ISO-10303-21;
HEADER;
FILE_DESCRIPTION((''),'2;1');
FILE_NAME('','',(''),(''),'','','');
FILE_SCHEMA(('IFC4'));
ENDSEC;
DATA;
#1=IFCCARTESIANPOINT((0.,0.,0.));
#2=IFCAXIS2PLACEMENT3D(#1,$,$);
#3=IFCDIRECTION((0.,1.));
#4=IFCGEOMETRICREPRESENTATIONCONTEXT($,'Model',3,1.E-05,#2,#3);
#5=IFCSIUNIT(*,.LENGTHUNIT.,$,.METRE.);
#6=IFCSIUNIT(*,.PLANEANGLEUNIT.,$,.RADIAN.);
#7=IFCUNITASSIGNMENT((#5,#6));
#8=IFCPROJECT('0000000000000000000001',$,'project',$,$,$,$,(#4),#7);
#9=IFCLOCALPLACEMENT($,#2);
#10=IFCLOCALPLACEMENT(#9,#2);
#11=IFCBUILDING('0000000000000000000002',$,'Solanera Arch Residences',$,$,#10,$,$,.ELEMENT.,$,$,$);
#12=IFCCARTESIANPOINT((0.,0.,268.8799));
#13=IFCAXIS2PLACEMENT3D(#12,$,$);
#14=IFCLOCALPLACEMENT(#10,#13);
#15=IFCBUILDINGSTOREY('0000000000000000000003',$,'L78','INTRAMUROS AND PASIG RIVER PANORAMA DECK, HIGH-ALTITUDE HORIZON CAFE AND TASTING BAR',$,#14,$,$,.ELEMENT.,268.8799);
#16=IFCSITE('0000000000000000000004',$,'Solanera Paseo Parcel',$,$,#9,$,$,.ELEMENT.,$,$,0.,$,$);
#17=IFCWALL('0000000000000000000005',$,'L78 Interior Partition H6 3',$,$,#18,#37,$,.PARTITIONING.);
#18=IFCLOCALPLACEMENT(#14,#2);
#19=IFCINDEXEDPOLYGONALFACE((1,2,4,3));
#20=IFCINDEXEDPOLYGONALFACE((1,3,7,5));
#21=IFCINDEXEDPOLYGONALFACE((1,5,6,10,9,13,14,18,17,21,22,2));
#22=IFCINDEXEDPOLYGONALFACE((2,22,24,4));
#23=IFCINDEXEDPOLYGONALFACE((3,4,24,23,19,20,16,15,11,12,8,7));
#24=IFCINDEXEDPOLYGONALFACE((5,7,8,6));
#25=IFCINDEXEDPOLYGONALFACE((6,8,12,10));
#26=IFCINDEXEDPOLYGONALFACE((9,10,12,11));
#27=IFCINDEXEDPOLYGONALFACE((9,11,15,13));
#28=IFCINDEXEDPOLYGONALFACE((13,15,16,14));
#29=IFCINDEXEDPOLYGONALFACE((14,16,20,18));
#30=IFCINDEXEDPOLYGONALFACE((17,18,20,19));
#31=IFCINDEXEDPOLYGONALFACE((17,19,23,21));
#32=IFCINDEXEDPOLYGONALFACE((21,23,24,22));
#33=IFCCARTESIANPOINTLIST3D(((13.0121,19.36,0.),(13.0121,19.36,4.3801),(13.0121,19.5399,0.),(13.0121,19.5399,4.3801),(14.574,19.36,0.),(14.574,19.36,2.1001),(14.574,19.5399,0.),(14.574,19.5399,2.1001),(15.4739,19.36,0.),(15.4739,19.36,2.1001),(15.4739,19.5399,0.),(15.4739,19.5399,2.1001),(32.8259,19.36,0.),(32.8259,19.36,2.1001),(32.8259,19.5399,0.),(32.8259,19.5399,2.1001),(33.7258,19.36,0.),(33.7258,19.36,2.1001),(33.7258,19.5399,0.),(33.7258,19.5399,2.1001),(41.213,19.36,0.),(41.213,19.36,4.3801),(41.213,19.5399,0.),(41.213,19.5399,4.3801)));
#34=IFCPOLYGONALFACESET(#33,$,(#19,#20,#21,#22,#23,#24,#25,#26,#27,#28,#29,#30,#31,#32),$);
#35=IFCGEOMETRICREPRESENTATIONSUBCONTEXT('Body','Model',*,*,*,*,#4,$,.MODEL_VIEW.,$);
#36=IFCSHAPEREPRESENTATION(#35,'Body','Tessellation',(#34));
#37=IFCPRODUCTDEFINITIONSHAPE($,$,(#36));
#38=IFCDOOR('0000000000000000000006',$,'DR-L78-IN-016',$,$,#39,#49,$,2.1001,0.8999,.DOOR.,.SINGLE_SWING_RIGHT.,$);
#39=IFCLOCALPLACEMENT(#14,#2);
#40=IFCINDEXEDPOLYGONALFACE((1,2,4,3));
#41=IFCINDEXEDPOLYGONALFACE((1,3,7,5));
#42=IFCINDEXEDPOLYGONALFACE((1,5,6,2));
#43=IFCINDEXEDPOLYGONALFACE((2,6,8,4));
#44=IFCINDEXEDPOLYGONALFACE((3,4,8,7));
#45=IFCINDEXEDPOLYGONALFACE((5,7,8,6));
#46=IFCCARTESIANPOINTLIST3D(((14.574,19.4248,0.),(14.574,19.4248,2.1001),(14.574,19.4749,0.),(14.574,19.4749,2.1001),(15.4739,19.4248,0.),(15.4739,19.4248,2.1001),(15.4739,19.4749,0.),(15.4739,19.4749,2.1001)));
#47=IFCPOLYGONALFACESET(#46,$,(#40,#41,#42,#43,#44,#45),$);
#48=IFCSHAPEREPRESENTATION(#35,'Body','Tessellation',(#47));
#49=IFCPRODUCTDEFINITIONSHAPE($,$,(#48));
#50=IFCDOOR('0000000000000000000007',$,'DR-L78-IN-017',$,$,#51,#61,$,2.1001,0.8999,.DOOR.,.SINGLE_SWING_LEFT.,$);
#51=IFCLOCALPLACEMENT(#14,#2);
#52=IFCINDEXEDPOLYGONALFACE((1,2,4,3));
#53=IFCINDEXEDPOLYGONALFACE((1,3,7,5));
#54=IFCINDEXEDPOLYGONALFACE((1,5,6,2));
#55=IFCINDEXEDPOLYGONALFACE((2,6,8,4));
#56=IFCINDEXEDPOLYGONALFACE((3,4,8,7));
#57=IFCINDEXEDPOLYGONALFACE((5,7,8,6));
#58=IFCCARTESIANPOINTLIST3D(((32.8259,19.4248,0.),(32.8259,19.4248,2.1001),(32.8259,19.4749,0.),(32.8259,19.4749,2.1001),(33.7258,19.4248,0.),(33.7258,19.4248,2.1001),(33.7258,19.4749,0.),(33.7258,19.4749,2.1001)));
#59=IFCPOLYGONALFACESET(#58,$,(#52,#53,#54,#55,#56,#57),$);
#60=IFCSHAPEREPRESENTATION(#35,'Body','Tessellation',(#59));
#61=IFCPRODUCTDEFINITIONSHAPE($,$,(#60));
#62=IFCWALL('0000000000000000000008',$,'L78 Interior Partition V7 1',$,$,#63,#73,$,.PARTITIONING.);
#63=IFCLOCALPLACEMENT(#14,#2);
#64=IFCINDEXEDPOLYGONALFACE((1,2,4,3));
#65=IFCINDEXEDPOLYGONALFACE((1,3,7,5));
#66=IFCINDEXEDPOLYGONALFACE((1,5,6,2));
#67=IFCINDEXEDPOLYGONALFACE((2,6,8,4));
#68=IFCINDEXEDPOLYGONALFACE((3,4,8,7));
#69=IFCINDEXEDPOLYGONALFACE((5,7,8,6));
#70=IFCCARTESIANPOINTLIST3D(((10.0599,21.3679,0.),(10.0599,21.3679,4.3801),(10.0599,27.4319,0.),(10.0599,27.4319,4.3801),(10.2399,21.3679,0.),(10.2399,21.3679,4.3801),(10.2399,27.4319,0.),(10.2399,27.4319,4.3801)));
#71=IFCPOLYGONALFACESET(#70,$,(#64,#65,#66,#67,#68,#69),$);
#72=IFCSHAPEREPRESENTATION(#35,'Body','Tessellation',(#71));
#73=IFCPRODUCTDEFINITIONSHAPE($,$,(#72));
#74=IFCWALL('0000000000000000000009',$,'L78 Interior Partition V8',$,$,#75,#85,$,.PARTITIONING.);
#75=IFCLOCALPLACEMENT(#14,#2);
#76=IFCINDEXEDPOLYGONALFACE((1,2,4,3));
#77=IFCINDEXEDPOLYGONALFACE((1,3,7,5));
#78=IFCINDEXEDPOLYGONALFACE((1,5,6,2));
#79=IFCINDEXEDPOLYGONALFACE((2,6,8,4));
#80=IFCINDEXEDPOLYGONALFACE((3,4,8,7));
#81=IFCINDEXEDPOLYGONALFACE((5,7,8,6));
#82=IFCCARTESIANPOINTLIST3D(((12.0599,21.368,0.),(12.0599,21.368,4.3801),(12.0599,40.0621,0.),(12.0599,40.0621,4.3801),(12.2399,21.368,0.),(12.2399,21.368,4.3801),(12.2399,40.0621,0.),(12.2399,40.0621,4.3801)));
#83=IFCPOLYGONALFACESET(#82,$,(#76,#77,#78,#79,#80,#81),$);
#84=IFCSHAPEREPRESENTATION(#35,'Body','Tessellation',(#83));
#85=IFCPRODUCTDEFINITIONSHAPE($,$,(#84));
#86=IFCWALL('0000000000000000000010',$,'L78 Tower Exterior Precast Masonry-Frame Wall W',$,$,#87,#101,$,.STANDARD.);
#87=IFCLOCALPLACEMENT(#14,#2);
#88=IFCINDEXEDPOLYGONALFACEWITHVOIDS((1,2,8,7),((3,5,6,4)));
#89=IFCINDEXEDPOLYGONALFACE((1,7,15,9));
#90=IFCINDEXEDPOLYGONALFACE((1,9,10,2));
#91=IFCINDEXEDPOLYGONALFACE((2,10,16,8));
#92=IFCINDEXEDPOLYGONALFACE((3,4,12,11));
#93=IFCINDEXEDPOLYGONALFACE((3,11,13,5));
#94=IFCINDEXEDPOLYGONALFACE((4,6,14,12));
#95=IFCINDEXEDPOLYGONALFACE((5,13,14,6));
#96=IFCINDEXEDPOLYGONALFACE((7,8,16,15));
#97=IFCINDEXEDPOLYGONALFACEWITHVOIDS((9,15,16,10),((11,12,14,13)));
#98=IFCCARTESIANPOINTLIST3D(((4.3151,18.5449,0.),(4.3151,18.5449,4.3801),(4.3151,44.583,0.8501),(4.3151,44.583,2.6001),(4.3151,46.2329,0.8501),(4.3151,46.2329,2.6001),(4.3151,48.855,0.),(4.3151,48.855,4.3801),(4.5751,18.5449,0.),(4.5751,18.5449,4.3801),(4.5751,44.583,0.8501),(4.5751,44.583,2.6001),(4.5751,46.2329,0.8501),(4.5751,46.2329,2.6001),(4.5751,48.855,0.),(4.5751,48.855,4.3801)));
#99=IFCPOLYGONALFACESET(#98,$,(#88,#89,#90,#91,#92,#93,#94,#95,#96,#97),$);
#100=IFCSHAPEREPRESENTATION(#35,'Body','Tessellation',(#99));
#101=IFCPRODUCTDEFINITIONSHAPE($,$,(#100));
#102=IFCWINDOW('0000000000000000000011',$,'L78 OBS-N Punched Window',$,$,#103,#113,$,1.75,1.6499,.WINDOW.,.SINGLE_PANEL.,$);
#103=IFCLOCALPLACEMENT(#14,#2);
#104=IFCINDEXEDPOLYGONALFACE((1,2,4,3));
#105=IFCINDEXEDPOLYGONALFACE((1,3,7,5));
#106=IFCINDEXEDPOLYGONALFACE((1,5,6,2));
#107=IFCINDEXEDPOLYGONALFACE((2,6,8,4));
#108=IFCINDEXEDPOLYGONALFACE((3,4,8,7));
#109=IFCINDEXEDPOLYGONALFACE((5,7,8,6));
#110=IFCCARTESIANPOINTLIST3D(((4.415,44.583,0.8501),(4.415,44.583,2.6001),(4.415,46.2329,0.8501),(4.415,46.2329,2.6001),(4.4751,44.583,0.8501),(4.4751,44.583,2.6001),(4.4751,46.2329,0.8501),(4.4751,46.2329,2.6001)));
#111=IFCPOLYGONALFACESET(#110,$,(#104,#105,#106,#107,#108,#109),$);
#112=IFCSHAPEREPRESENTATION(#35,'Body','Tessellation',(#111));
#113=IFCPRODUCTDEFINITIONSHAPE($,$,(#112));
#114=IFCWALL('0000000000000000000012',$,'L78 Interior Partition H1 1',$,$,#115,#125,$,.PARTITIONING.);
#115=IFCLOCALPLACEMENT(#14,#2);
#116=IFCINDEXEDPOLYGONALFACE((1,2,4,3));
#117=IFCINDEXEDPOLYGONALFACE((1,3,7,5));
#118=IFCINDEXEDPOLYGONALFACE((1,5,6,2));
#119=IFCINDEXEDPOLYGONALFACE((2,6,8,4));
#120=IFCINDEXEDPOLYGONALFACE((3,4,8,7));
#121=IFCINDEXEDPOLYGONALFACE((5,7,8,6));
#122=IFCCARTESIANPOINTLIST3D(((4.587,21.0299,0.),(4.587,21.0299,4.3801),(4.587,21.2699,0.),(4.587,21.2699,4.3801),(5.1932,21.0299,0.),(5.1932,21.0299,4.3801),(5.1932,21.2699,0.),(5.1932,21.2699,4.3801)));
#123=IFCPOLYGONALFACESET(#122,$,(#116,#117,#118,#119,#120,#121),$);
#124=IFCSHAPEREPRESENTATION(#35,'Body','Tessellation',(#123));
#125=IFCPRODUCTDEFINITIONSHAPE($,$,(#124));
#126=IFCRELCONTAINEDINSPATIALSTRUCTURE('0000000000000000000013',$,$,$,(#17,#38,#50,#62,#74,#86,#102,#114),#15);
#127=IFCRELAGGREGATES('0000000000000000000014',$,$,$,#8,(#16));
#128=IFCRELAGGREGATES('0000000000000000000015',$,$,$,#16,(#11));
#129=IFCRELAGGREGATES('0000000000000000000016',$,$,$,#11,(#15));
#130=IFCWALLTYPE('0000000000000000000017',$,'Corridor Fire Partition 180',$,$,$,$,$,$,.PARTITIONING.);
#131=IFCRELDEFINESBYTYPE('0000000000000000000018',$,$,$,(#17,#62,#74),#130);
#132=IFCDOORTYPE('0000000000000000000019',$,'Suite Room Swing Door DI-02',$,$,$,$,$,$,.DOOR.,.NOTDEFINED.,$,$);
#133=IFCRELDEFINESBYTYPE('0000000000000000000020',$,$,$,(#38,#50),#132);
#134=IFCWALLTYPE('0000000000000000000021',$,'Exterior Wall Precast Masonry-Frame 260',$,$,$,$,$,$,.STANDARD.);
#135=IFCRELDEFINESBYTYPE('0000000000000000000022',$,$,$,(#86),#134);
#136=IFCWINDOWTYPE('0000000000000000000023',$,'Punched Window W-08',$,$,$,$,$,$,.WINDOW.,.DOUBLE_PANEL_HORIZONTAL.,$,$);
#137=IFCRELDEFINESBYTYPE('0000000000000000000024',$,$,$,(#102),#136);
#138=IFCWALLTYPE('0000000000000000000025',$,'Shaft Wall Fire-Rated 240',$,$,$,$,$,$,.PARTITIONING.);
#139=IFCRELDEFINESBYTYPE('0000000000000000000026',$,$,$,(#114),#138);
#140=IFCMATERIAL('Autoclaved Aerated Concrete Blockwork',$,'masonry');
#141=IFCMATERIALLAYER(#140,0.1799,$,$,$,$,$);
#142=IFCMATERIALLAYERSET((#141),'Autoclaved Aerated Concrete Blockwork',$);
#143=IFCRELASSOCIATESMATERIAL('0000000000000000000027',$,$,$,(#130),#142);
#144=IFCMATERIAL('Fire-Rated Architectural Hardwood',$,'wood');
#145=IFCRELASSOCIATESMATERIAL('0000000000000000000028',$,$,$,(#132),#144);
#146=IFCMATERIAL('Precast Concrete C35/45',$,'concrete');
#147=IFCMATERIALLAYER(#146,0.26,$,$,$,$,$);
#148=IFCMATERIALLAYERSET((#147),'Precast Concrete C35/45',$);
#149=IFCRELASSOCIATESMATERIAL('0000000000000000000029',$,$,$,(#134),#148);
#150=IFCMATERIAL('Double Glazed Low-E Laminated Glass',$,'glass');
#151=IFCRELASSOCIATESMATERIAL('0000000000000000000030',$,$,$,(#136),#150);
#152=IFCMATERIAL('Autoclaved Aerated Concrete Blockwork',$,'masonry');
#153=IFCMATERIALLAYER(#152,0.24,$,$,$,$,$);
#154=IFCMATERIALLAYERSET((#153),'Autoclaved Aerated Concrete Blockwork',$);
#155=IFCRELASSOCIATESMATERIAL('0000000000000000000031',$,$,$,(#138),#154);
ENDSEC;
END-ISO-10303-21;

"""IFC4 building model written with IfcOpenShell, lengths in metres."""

from ifc_helpers import new_model, si_unit, direction, frame, frame_2d, origin, place, context, subcontext, project, spatial, rectangle, extrude, material, layer, layer_set, type_object, element, fill, save


model = new_model("IFC4")

# Units and contexts
model_context = context("Model", 3, precision=1e-05, world=origin(), true_north=direction((0.0, 1.0)))
body_context = subcontext(model_context, "Body", "Model", "MODEL_VIEW")
ifc_project = project(units=[si_unit("LENGTHUNIT", "METRE"), si_unit("PLANEANGLEUNIT", "RADIAN")], contexts=[model_context])

# Site, building, storey
site_placement = place(None, origin())
site = spatial("IfcSite", under=ifc_project, at=site_placement, Name="Solanera Paseo Parcel", CompositionType="ELEMENT", RefElevation=0.0)
building_placement = place(site_placement, origin())
building = spatial("IfcBuilding", under=site, at=building_placement, Name="Solanera Arch Residences", CompositionType="ELEMENT")
storey_placement = place(building_placement, frame((0.0, 0.0, 268.8799)))
storey = spatial("IfcBuildingStorey", under=building, at=storey_placement, Name="L78", Description="INTRAMUROS AND PASIG RIVER PANORAMA DECK, HIGH-ALTITUDE HORIZON CAFE AND TASTING BAR", CompositionType="ELEMENT", Elevation=268.8799)

# Shared definitions
ifc_material_1 = material(Name="Autoclaved Aerated Concrete Blockwork", Category="masonry")
ifc_layer_1 = layer(ifc_material_1, 0.1799)
ifc_layer_set_1 = layer_set([ifc_layer_1], Name="Autoclaved Aerated Concrete Blockwork")
wall_type_1 = type_object("IfcWallType", Name="Corridor Fire Partition 180", PredefinedType="PARTITIONING", material=ifc_layer_set_1)

# Wall, openings, doors
wall_1_placement = place(storey_placement, frame((13.012, 19.45, 0.0), z_axis=(0.0, 0.0, 1.0), x_axis=(1.0, 0.0, 0.0)))
wall_1 = element("IfcWall", 1, at=wall_1_placement, inside=storey, type_object=wall_type_1, Name="L78 Interior Partition H6 3", PredefinedType="PARTITIONING", context=body_context, shape_type="SweptSolid", body=[
    extrude(rectangle(XDim=28.2009, YDim=0.1799, at=frame_2d((14.1006, 0.0))), origin(), (0.0, 0.0, 1.0), 4.3801),
])
opening_1_placement = place(wall_1_placement, frame((1.562, 0.0, 0.0)))
opening_1 = element("IfcOpeningElement", 2, at=opening_1_placement, cuts=wall_1, PredefinedType="OPENING", context=body_context, shape_type="SweptSolid", body=[
    extrude(rectangle(XDim=0.8999, YDim=2.1001, at=frame_2d((0.45, 1.05))), frame((0.0, 0.1001, 0.0), z_axis=(0.0, -1.0, 0.0), x_axis=(1.0, 0.0, 0.0)), (0.0, 0.0, 1.0), 0.1999),
])
opening_2_placement = place(wall_1_placement, frame((19.814, 0.0, 0.0)))
opening_2 = element("IfcOpeningElement", 3, at=opening_2_placement, cuts=wall_1, PredefinedType="OPENING", context=body_context, shape_type="SweptSolid", body=[
    extrude(rectangle(XDim=0.8999, YDim=2.1001, at=frame_2d((0.45, 1.05))), frame((0.0, 0.1001, 0.0), z_axis=(0.0, -1.0, 0.0), x_axis=(1.0, 0.0, 0.0)), (0.0, 0.0, 1.0), 0.1999),
])
ifc_material_2 = material(Name="Fire-Rated Architectural Hardwood", Category="wood")
door_type_1 = type_object("IfcDoorType", Name="Suite Room Swing Door DI-02", OperationType="NOTDEFINED", PredefinedType="DOOR", material=ifc_material_2)
door_1_placement = place(opening_1_placement, origin())
door_1 = element("IfcDoor", 4, at=door_1_placement, inside=storey, type_object=door_type_1, Name="DR-L78-IN-016", OperationType="SINGLE_SWING_RIGHT", OverallHeight=2.1001, OverallWidth=0.8999, PredefinedType="DOOR", context=body_context, shape_type="SweptSolid", body=[
    extrude(rectangle(XDim=0.8999, YDim=2.1001, at=frame_2d((0.45, 1.05))), frame((0.0, 0.0249, 0.0), z_axis=(0.0, -1.0, 0.0), x_axis=(1.0, 0.0, 0.0)), (0.0, 0.0, 1.0), 0.05),
])
fill(opening_1, door_1)
door_2_placement = place(opening_2_placement, origin())
door_2 = element("IfcDoor", 5, at=door_2_placement, inside=storey, type_object=door_type_1, Name="DR-L78-IN-017", OperationType="SINGLE_SWING_LEFT", OverallHeight=2.1001, OverallWidth=0.8999, PredefinedType="DOOR", context=body_context, shape_type="SweptSolid", body=[
    extrude(rectangle(XDim=0.8999, YDim=2.1001, at=frame_2d((0.45, 1.05))), frame((0.0, 0.0249, 0.0), z_axis=(0.0, -1.0, 0.0), x_axis=(1.0, 0.0, 0.0)), (0.0, 0.0, 1.0), 0.05),
])
fill(opening_2, door_2)

# Walls
wall_2_placement = place(storey_placement, frame((10.1499, 21.3679, 0.0), z_axis=(0.0, 0.0, 1.0), x_axis=(0.0, 1.0, 0.0)))
element("IfcWall", 6, at=wall_2_placement, inside=storey, type_object=wall_type_1, Name="L78 Interior Partition V7 1", PredefinedType="PARTITIONING", context=body_context, shape_type="SweptSolid", body=[
    extrude(rectangle(XDim=6.064, YDim=0.1799, at=frame_2d((3.032, 0.0))), origin(), (0.0, 0.0, 1.0), 4.3801),
])
wall_3_placement = place(storey_placement, frame((12.1499, 21.3679, 0.0), z_axis=(0.0, 0.0, 1.0), x_axis=(0.0, 1.0, 0.0)))
element("IfcWall", 7, at=wall_3_placement, inside=storey, type_object=wall_type_1, Name="L78 Interior Partition V8", PredefinedType="PARTITIONING", context=body_context, shape_type="SweptSolid", body=[
    extrude(rectangle(XDim=18.6941, YDim=0.1799, at=frame_2d((9.3472, 0.0))), origin(), (0.0, 0.0, 1.0), 4.3801),
])

# Wall, opening, window
ifc_material_3 = material(Name="Precast Concrete C35/45", Category="concrete")
ifc_layer_2 = layer(ifc_material_3, 0.26)
ifc_layer_set_2 = layer_set([ifc_layer_2], Name="Precast Concrete C35/45")
wall_type_2 = type_object("IfcWallType", Name="Exterior Wall Precast Masonry-Frame 260", PredefinedType="STANDARD", material=ifc_layer_set_2)
wall_4_placement = place(storey_placement, frame((4.4451, 18.5449, 0.0), z_axis=(0.0, 0.0, 1.0), x_axis=(0.0, 1.0, 0.0)))
wall_4 = element("IfcWall", 8, at=wall_4_placement, inside=storey, type_object=wall_type_2, Name="L78 Tower Exterior Precast Masonry-Frame Wall W", PredefinedType="STANDARD", context=body_context, shape_type="SweptSolid", body=[
    extrude(rectangle(XDim=30.3101, YDim=0.26, at=frame_2d((15.155, 0.0))), origin(), (0.0, 0.0, 1.0), 4.3801),
])
opening_3_placement = place(wall_4_placement, frame((26.0381, 0.0, 0.8501)))
opening_3 = element("IfcOpeningElement", 9, at=opening_3_placement, cuts=wall_4, PredefinedType="OPENING", context=body_context, shape_type="SweptSolid", body=[
    extrude(rectangle(XDim=1.6499, YDim=1.75, at=frame_2d((0.825, 0.875))), frame((0.0, 0.1399, 0.0), z_axis=(0.0, -1.0, 0.0), x_axis=(1.0, 0.0, 0.0)), (0.0, 0.0, 1.0), 0.28),
])
ifc_material_4 = material(Name="Double Glazed Low-E Laminated Glass", Category="glass")
window_type = type_object("IfcWindowType", Name="Punched Window W-08", PartitioningType="DOUBLE_PANEL_HORIZONTAL", PredefinedType="WINDOW", material=ifc_material_4)
window_placement = place(opening_3_placement, origin())
window = element("IfcWindow", 10, at=window_placement, inside=storey, type_object=window_type, Name="L78 OBS-N Punched Window", OverallHeight=1.75, OverallWidth=1.6499, PartitioningType="SINGLE_PANEL", PredefinedType="WINDOW", context=body_context, shape_type="SweptSolid", body=[
    extrude(rectangle(XDim=1.6499, YDim=1.75, at=frame_2d((0.825, 0.875))), frame((0.0, 0.03, 0.0), z_axis=(0.0, -1.0, 0.0), x_axis=(1.0, 0.0, 0.0)), (0.0, 0.0, 1.0), 0.0601),
])
fill(opening_3, window)

# Wall
ifc_material_5 = material(Name="Autoclaved Aerated Concrete Blockwork", Category="masonry")
ifc_layer_3 = layer(ifc_material_5, 0.24)
ifc_layer_set_3 = layer_set([ifc_layer_3], Name="Autoclaved Aerated Concrete Blockwork")
wall_type_3 = type_object("IfcWallType", Name="Shaft Wall Fire-Rated 240", PredefinedType="PARTITIONING", material=ifc_layer_set_3)
wall_5_placement = place(storey_placement, frame((4.5869, 21.1499, 0.0), z_axis=(0.0, 0.0, 1.0), x_axis=(1.0, 0.0, 0.0)))
element("IfcWall", 11, at=wall_5_placement, inside=storey, type_object=wall_type_3, Name="L78 Interior Partition H1 1", PredefinedType="PARTITIONING", context=body_context, shape_type="SweptSolid", body=[
    extrude(rectangle(XDim=0.6062, YDim=0.24, at=frame_2d((0.3032, 0.0))), origin(), (0.0, 0.0, 1.0), 4.3801),
])

save(model, "model.ifc")
